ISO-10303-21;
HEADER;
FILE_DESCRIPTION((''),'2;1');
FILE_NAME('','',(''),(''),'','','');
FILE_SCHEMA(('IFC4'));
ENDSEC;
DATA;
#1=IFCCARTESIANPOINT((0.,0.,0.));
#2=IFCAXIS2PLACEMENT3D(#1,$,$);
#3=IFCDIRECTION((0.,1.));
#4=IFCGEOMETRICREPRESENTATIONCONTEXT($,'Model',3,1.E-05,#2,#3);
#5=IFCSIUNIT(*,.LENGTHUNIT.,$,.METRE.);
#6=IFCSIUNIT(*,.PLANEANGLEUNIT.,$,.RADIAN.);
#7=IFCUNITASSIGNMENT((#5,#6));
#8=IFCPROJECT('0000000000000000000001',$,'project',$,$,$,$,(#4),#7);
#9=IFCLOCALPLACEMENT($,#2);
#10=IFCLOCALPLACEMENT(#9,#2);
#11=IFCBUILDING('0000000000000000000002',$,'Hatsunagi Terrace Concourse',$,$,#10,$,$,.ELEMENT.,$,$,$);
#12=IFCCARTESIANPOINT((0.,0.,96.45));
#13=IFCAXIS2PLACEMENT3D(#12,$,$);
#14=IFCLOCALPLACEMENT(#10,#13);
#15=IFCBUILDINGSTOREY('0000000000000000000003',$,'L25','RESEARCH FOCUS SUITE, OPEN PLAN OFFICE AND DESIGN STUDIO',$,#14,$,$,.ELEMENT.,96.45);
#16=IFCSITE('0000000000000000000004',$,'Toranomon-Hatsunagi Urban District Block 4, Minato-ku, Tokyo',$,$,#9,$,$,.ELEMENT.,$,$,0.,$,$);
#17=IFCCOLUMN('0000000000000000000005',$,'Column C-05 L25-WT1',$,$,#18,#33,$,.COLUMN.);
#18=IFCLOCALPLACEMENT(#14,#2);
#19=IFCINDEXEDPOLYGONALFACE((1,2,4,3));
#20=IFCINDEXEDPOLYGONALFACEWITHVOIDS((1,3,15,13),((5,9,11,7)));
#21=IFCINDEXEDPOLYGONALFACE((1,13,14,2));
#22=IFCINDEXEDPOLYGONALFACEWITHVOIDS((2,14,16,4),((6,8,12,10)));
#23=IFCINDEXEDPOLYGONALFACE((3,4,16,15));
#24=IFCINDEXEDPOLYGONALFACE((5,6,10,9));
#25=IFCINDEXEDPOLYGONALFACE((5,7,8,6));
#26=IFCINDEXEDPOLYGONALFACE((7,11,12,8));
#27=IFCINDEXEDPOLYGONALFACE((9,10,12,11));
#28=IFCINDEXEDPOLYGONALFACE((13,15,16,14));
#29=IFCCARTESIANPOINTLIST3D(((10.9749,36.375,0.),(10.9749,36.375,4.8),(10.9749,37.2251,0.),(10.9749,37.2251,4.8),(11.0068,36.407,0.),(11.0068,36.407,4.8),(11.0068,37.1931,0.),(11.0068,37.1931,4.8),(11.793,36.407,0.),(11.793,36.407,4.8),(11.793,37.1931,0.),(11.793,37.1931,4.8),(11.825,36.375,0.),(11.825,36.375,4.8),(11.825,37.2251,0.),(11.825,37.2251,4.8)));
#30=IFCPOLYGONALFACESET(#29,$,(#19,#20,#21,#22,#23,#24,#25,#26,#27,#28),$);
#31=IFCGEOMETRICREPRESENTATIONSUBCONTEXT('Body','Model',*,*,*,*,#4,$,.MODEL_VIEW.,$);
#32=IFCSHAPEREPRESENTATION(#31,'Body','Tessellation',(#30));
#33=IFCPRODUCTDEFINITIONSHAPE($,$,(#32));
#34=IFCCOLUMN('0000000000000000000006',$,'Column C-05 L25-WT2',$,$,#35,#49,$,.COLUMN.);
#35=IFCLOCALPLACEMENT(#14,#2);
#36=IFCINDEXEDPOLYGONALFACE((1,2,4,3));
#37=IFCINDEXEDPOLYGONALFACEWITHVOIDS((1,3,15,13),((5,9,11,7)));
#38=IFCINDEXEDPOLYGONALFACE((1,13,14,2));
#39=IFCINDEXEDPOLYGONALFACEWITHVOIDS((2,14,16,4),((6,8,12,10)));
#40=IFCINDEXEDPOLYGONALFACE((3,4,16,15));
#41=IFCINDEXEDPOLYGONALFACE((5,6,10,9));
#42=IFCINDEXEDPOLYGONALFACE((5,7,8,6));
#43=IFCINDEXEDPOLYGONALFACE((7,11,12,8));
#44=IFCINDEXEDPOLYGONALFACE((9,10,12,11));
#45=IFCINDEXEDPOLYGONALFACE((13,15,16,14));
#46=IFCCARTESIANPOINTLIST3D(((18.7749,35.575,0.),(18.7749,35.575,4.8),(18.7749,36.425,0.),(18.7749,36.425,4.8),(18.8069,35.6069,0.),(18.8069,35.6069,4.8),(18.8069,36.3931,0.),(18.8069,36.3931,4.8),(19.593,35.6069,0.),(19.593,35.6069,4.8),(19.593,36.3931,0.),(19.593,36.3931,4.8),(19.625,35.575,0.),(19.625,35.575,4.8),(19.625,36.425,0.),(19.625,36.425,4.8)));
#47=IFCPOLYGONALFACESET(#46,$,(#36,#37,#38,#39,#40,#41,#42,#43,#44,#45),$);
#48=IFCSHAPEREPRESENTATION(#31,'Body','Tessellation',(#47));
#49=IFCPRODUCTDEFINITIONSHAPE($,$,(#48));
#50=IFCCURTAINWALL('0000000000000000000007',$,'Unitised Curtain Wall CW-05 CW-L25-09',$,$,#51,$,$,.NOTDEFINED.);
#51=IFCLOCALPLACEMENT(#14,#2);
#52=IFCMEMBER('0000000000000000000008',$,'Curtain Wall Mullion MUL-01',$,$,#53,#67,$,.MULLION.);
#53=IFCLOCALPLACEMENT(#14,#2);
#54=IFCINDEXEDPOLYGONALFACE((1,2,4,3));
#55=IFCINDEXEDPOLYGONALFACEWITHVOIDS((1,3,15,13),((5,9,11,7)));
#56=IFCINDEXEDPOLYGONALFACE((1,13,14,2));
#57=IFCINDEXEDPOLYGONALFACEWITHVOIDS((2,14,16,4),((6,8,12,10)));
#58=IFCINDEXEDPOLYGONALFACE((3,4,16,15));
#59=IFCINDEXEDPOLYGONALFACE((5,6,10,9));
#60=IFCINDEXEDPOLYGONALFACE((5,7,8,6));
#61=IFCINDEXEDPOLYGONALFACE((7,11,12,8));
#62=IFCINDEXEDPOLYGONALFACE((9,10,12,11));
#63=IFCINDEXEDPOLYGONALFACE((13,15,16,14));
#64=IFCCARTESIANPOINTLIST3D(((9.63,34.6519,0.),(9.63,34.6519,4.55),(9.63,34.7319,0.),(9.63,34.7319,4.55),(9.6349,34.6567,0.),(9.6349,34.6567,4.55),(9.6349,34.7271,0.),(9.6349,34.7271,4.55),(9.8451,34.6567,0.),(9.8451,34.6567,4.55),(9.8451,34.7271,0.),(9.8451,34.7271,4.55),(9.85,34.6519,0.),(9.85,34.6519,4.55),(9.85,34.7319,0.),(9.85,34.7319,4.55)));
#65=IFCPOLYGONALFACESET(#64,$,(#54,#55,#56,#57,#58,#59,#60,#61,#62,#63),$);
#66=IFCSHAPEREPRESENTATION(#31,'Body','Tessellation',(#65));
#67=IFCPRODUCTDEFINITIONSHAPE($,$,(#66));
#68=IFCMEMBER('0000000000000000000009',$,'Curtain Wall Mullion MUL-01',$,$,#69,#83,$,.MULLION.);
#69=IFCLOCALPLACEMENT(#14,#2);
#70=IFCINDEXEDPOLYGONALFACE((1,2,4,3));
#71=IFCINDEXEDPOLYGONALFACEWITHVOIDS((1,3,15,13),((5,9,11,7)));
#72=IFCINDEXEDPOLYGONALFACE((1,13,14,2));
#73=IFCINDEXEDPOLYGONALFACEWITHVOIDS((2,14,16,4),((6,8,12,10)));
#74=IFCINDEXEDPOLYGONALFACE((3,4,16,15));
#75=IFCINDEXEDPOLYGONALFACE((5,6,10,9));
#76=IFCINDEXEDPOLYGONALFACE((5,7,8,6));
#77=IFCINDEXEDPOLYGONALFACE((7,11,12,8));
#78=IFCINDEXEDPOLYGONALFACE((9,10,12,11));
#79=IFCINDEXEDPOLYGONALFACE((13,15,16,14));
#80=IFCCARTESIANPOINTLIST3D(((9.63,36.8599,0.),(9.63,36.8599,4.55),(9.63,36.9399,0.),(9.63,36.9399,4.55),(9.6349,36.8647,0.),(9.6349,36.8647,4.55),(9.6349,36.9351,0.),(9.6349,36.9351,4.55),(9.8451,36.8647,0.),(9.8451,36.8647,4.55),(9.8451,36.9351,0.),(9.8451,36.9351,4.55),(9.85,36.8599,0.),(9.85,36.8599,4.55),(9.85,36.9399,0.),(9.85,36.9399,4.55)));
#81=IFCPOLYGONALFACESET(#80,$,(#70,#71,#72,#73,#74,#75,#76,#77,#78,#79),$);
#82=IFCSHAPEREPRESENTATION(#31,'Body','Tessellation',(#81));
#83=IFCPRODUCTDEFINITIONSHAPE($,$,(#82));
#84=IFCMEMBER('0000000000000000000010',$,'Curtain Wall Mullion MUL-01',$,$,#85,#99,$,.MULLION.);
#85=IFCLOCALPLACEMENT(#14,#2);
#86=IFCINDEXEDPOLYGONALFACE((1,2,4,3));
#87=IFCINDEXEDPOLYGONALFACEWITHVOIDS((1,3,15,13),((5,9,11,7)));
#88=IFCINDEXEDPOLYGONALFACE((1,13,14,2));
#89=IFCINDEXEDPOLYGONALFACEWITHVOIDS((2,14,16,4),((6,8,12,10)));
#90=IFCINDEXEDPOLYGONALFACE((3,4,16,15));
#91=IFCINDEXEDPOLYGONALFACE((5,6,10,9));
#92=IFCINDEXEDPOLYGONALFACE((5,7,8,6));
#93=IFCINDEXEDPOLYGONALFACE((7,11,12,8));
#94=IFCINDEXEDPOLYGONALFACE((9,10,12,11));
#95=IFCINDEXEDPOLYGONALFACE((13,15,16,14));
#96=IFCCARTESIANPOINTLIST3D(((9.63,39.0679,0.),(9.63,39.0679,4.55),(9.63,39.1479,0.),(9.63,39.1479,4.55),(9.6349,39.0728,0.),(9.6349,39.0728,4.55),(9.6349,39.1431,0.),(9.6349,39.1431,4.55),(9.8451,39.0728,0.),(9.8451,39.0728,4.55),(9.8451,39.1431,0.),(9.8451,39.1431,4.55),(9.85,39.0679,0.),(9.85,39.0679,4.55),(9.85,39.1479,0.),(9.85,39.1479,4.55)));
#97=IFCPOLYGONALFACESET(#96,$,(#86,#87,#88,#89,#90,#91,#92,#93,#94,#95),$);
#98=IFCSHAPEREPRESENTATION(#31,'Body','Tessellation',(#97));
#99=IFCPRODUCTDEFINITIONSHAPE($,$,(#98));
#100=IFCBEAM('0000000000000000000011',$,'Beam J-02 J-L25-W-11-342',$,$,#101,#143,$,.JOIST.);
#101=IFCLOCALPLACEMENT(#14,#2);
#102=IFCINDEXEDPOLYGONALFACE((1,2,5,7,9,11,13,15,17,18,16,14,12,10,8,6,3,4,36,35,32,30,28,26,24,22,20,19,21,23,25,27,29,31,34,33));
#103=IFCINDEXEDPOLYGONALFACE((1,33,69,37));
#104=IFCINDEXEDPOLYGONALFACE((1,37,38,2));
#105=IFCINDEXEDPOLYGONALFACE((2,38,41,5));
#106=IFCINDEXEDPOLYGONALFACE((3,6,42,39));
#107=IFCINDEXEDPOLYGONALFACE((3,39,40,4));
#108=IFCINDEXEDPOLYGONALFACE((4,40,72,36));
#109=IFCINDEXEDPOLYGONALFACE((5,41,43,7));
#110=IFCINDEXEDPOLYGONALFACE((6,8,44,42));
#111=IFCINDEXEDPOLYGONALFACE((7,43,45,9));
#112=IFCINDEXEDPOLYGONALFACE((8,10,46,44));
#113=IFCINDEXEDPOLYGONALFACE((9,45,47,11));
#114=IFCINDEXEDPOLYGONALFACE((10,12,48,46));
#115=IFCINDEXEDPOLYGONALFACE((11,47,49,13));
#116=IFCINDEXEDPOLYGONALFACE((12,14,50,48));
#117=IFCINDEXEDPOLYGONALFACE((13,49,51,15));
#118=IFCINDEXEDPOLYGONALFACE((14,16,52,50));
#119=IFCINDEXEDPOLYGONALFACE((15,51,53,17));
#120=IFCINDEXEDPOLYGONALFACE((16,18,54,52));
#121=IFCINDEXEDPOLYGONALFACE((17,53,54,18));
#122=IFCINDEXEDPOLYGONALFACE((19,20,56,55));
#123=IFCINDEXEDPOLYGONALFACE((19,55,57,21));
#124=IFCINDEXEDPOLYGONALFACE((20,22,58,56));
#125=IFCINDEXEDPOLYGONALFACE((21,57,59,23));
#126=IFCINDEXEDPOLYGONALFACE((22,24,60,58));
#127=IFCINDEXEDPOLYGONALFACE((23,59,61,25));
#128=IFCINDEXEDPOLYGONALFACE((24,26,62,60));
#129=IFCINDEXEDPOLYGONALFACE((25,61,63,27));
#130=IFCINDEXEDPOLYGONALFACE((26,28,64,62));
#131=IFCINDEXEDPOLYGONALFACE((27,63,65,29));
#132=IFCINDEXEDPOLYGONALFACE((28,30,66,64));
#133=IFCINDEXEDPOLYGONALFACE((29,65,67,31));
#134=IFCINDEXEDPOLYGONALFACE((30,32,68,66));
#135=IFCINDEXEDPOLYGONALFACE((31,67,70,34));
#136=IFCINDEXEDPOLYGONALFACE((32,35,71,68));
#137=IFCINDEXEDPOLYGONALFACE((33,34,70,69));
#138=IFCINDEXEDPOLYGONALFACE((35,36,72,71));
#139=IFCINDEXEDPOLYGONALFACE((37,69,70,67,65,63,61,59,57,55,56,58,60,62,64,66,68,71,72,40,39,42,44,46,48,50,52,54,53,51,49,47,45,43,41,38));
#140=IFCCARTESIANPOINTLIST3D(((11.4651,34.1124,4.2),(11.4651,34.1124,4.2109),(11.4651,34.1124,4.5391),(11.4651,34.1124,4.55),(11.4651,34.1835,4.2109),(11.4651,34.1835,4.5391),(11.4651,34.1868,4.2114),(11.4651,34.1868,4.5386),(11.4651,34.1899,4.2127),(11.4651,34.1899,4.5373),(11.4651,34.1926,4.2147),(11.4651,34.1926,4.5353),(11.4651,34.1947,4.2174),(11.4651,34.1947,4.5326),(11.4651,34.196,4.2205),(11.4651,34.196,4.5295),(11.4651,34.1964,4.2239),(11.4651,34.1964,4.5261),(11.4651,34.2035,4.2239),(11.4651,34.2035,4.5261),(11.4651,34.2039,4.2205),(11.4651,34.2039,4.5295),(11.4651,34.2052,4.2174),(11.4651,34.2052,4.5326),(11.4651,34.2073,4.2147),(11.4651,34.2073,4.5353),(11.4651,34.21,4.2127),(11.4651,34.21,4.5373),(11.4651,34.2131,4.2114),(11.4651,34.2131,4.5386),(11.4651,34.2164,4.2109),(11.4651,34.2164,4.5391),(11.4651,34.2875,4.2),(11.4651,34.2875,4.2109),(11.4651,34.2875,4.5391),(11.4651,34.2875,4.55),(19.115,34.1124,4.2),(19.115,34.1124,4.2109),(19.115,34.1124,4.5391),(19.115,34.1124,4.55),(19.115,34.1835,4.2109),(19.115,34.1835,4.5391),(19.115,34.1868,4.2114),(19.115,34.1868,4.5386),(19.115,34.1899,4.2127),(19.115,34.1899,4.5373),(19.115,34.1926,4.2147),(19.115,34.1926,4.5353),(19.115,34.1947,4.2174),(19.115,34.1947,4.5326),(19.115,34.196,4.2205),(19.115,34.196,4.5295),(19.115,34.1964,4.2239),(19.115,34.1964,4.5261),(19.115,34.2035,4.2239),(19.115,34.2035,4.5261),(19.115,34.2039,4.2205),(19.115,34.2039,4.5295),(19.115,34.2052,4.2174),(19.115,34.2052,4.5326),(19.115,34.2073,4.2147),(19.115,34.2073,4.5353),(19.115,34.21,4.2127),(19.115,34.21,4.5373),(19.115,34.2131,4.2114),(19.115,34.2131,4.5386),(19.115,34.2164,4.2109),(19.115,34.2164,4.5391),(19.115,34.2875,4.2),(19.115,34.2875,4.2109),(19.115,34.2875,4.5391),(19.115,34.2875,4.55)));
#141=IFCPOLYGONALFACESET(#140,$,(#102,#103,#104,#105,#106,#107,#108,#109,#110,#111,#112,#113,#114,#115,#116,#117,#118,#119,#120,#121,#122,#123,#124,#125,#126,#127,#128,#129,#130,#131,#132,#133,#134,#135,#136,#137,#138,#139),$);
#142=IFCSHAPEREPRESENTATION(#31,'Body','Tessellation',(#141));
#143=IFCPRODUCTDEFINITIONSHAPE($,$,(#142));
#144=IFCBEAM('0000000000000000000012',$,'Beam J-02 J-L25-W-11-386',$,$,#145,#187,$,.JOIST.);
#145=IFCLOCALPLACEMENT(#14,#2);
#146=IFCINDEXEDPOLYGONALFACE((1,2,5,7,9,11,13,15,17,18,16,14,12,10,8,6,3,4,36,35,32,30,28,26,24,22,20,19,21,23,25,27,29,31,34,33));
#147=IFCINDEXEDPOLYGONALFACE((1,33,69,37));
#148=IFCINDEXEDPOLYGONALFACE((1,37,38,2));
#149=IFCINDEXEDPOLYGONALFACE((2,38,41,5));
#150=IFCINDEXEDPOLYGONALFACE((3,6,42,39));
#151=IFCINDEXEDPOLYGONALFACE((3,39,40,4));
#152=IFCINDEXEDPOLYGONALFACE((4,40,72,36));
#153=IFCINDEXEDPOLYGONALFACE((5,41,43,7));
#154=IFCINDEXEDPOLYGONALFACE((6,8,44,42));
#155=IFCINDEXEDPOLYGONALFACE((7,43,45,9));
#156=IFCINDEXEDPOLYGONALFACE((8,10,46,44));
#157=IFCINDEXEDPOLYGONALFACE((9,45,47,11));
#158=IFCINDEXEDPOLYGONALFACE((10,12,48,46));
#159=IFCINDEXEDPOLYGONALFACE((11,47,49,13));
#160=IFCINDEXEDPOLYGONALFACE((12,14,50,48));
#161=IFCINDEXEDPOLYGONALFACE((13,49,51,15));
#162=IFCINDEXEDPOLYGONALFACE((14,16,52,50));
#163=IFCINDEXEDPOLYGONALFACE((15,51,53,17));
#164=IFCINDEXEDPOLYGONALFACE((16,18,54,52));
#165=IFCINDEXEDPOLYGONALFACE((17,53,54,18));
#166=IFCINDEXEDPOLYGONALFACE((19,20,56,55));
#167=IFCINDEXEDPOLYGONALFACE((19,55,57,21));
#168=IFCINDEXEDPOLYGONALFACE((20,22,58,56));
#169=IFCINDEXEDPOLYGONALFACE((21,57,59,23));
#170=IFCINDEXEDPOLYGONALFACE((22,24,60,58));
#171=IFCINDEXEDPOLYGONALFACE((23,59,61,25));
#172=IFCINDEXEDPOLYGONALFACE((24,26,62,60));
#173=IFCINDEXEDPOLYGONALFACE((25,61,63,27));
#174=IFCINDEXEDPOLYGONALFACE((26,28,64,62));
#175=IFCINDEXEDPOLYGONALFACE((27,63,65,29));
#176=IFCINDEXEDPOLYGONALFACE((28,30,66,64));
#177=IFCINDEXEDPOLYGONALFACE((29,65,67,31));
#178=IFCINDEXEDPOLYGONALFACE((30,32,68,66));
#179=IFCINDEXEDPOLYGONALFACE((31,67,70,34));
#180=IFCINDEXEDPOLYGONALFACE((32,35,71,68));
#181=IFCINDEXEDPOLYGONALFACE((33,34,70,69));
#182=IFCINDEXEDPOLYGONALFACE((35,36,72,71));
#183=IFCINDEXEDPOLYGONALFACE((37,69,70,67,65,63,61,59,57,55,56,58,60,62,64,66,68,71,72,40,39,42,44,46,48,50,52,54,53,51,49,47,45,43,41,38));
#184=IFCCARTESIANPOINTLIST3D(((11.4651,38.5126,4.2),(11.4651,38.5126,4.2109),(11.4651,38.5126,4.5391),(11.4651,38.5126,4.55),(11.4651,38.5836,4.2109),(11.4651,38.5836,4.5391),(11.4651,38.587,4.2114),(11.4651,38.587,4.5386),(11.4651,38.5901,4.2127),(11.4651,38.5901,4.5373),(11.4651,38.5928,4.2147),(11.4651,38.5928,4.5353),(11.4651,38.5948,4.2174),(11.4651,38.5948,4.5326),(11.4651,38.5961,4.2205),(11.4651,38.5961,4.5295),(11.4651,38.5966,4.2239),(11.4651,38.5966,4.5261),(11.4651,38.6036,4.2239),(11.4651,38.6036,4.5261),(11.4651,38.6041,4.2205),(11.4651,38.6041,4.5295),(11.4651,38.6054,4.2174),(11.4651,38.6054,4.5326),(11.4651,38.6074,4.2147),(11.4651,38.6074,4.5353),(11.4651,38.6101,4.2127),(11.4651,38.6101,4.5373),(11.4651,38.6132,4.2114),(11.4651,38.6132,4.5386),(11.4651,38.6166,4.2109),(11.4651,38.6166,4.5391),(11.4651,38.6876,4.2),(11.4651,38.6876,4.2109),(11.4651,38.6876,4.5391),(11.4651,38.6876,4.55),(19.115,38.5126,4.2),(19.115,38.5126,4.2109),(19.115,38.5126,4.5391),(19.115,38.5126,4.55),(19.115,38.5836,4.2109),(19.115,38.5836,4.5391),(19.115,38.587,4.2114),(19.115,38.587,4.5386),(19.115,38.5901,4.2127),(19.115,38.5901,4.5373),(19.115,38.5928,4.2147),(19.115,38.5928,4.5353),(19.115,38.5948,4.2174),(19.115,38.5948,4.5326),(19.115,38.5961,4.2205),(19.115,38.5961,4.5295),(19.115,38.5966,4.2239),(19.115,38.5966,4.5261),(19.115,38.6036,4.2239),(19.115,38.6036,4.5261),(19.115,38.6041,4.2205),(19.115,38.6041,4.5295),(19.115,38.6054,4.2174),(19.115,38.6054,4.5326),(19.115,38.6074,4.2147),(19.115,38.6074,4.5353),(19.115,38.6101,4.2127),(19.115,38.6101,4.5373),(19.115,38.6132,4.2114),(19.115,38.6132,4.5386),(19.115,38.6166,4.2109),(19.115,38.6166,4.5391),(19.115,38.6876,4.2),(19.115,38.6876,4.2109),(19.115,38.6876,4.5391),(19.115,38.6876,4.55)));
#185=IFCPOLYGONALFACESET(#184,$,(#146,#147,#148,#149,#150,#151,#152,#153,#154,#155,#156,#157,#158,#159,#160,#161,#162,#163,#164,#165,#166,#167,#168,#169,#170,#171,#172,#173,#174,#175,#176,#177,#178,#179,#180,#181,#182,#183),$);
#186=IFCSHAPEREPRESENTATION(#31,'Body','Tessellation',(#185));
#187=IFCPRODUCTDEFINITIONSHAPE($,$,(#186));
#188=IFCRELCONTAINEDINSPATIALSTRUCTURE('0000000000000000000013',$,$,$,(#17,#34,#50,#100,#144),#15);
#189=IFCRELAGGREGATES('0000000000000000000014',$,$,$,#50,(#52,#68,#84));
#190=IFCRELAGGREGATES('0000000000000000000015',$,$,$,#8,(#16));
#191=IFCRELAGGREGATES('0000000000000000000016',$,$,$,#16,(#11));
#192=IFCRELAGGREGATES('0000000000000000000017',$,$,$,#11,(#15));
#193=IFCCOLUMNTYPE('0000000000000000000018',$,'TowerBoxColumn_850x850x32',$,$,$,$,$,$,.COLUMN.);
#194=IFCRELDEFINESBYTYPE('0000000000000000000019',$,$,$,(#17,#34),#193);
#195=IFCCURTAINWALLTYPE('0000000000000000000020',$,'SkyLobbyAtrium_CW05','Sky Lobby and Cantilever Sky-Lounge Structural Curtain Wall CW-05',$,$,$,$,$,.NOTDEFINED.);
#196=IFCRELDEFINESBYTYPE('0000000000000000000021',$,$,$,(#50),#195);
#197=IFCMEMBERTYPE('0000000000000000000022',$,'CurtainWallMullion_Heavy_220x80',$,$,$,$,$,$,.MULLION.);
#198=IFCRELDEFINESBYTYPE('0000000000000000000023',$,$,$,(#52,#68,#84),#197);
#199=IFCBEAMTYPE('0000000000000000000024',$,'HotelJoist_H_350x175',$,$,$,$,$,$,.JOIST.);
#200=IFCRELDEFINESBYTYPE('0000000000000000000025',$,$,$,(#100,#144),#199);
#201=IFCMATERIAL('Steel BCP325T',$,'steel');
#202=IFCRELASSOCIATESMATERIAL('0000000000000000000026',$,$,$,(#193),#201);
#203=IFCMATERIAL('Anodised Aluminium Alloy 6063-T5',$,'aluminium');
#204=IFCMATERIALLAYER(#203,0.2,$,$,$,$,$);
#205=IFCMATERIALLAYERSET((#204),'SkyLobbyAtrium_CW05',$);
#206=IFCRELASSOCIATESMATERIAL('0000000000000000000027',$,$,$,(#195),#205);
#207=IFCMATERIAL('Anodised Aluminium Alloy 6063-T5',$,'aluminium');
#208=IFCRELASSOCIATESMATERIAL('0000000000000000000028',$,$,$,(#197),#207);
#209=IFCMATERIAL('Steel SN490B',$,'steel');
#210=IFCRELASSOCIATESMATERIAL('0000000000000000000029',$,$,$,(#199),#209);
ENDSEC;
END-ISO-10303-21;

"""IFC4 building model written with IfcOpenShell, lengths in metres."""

from ifc_helpers import new_model, si_unit, direction, frame, origin, origin_2d, place, context, subcontext, project, spatial, hollow_rectangle, i_section, extrude, material, layer, layer_set, material_profile, profile_set, type_object, element, aggregate, save


model = new_model("IFC4")

# Units and contexts
model_context = context("Model", 3, precision=1e-05, world=origin(), true_north=direction((0.0, 1.0)))
body_context = subcontext(model_context, "Body", "Model", "MODEL_VIEW")
ifc_project = project(units=[si_unit("LENGTHUNIT", "METRE"), si_unit("PLANEANGLEUNIT", "RADIAN")], contexts=[model_context])

# Site, building, storey
site_placement = place(None, origin())
site = spatial("IfcSite", under=ifc_project, at=site_placement, Name="Toranomon-Hatsunagi Urban District Block 4, Minato-ku, Tokyo", CompositionType="ELEMENT", RefElevation=0.0)
building_placement = place(site_placement, origin())
building = spatial("IfcBuilding", under=site, at=building_placement, Name="Hatsunagi Terrace Concourse", CompositionType="ELEMENT")
storey_placement = place(building_placement, frame((0.0, 0.0, 96.45)))
storey = spatial("IfcBuildingStorey", under=building, at=storey_placement, Name="L25", Description="RESEARCH FOCUS SUITE, OPEN PLAN OFFICE AND DESIGN STUDIO", CompositionType="ELEMENT", Elevation=96.45)

# Columns
ifc_material_1 = material(Name="Steel BCP325T", Category="steel")
ifc_material_profile_1 = material_profile(ifc_material_1, hollow_rectangle(XDim=0.8501, YDim=0.8501, WallThickness=0.032, at=origin_2d()), Name="BCP-850x850x32")
ifc_profile_set_1 = profile_set([ifc_material_profile_1], Name="Steel BCP325T")
column_type = type_object("IfcColumnType", Name="TowerBoxColumn_850x850x32", PredefinedType="COLUMN", material=ifc_profile_set_1)
for number, where, z_axis, x_axis, name in (
    (1, (11.3999, 36.8, 0.0), (0.0, 0.0, 1.0), (1.0, 0.0, 0.0), "Column C-05 L25-WT1"),
    (2, (19.2, 36.0, 0.0), (0.0, 0.0, 1.0), (1.0, 0.0, 0.0), "Column C-05 L25-WT2"),
):
    element("IfcColumn", number, at=place(storey_placement, frame(where, z_axis=z_axis, x_axis=x_axis)), inside=storey, type_object=column_type, Name=name, PredefinedType="COLUMN", context=body_context, shape_type="SweptSolid", body=[
        extrude(hollow_rectangle(XDim=0.8501, YDim=0.8501, WallThickness=0.032, at=origin_2d()), origin(), (0.0, 0.0, 1.0), 4.8),
    ])

# Curtain wall, members
ifc_material_2 = material(Name="Anodised Aluminium Alloy 6063-T5", Category="aluminium")
ifc_layer_1 = layer(ifc_material_2, 0.2)
ifc_layer_set_1 = layer_set([ifc_layer_1], Name="SkyLobbyAtrium_CW05")
curtain_wall_type = type_object("IfcCurtainWallType", Name="SkyLobbyAtrium_CW05", Description="Sky Lobby and Cantilever Sky-Lounge Structural Curtain Wall CW-05", PredefinedType="NOTDEFINED", material=ifc_layer_set_1)
curtain_wall_placement = place(storey_placement, origin())
curtain_wall = element("IfcCurtainWall", 3, at=curtain_wall_placement, inside=storey, type_object=curtain_wall_type, Name="Unitised Curtain Wall CW-05 CW-L25-09", PredefinedType="NOTDEFINED")
ifc_material_3 = material(Name="Anodised Aluminium Alloy 6063-T5", Category="aluminium")
ifc_material_profile_2 = material_profile(ifc_material_3, hollow_rectangle(XDim=0.0801, YDim=0.22, WallThickness=0.0049, at=origin_2d()), Name="ALU-MUL-220x80x5")
ifc_profile_set_2 = profile_set([ifc_material_profile_2], Name="Anodised Aluminium Alloy 6063-T5")
member_type = type_object("IfcMemberType", Name="CurtainWallMullion_Heavy_220x80", PredefinedType="MULLION", material=ifc_profile_set_2)
member_1_placement = place(storey_placement, frame((9.74, 34.6919, 0.0), z_axis=(0.0, 0.0, 1.0), x_axis=(0.0, 1.0, 0.0)))
member_1 = element("IfcMember", 4, at=member_1_placement, type_object=member_type, Name="Curtain Wall Mullion MUL-01", PredefinedType="MULLION", context=body_context, shape_type="SweptSolid", body=[
    extrude(hollow_rectangle(XDim=0.0801, YDim=0.22, WallThickness=0.0049, at=origin_2d()), origin(), (0.0, 0.0, 1.0), 4.55),
])
member_2_placement = place(storey_placement, frame((9.74, 36.8999, 0.0), z_axis=(0.0, 0.0, 1.0), x_axis=(0.0, 1.0, 0.0)))
member_2 = element("IfcMember", 5, at=member_2_placement, type_object=member_type, Name="Curtain Wall Mullion MUL-01", PredefinedType="MULLION", context=body_context, shape_type="SweptSolid", body=[
    extrude(hollow_rectangle(XDim=0.0801, YDim=0.22, WallThickness=0.0049, at=origin_2d()), origin(), (0.0, 0.0, 1.0), 4.55),
])
member_3_placement = place(storey_placement, frame((9.74, 39.1079, 0.0), z_axis=(0.0, 0.0, 1.0), x_axis=(0.0, 1.0, 0.0)))
member_3 = element("IfcMember", 6, at=member_3_placement, type_object=member_type, Name="Curtain Wall Mullion MUL-01", PredefinedType="MULLION", context=body_context, shape_type="SweptSolid", body=[
    extrude(hollow_rectangle(XDim=0.0801, YDim=0.22, WallThickness=0.0049, at=origin_2d()), origin(), (0.0, 0.0, 1.0), 4.55),
])

# Beams
ifc_material_4 = material(Name="Steel SN490B", Category="steel")
ifc_material_profile_3 = material_profile(ifc_material_4, i_section(OverallWidth=0.175, OverallDepth=0.3501, WebThickness=0.0071, FlangeThickness=0.011, FilletRadius=0.0129, at=origin_2d()), Name="H-350x175x7x11")
ifc_profile_set_3 = profile_set([ifc_material_profile_3], Name="Steel SN490B")
beam_type_1 = type_object("IfcBeamType", Name="HotelJoist_H_350x175", PredefinedType="JOIST", material=ifc_profile_set_3)
for number, where, z_axis, x_axis, name in (
    (7, (11.4651, 34.2, 4.375), (1.0, 0.0, 0.0), (0.0, 1.0, 0.0), "Beam J-02 J-L25-W-11-342"),
    (8, (11.4651, 38.6001, 4.375), (1.0, 0.0, 0.0), (0.0, 1.0, 0.0), "Beam J-02 J-L25-W-11-386"),
):
    element("IfcBeam", number, at=place(storey_placement, frame(where, z_axis=z_axis, x_axis=x_axis)), inside=storey, type_object=beam_type_1, Name=name, PredefinedType="JOIST", context=body_context, shape_type="SweptSolid", body=[
        extrude(i_section(OverallWidth=0.175, OverallDepth=0.3501, WebThickness=0.0071, FlangeThickness=0.011, FilletRadius=0.0129, at=origin_2d()), origin(), (0.0, 0.0, 1.0), 7.6499),
    ])

aggregate(curtain_wall, [member_1, member_2, member_3])

save(model, "model.ifc")
